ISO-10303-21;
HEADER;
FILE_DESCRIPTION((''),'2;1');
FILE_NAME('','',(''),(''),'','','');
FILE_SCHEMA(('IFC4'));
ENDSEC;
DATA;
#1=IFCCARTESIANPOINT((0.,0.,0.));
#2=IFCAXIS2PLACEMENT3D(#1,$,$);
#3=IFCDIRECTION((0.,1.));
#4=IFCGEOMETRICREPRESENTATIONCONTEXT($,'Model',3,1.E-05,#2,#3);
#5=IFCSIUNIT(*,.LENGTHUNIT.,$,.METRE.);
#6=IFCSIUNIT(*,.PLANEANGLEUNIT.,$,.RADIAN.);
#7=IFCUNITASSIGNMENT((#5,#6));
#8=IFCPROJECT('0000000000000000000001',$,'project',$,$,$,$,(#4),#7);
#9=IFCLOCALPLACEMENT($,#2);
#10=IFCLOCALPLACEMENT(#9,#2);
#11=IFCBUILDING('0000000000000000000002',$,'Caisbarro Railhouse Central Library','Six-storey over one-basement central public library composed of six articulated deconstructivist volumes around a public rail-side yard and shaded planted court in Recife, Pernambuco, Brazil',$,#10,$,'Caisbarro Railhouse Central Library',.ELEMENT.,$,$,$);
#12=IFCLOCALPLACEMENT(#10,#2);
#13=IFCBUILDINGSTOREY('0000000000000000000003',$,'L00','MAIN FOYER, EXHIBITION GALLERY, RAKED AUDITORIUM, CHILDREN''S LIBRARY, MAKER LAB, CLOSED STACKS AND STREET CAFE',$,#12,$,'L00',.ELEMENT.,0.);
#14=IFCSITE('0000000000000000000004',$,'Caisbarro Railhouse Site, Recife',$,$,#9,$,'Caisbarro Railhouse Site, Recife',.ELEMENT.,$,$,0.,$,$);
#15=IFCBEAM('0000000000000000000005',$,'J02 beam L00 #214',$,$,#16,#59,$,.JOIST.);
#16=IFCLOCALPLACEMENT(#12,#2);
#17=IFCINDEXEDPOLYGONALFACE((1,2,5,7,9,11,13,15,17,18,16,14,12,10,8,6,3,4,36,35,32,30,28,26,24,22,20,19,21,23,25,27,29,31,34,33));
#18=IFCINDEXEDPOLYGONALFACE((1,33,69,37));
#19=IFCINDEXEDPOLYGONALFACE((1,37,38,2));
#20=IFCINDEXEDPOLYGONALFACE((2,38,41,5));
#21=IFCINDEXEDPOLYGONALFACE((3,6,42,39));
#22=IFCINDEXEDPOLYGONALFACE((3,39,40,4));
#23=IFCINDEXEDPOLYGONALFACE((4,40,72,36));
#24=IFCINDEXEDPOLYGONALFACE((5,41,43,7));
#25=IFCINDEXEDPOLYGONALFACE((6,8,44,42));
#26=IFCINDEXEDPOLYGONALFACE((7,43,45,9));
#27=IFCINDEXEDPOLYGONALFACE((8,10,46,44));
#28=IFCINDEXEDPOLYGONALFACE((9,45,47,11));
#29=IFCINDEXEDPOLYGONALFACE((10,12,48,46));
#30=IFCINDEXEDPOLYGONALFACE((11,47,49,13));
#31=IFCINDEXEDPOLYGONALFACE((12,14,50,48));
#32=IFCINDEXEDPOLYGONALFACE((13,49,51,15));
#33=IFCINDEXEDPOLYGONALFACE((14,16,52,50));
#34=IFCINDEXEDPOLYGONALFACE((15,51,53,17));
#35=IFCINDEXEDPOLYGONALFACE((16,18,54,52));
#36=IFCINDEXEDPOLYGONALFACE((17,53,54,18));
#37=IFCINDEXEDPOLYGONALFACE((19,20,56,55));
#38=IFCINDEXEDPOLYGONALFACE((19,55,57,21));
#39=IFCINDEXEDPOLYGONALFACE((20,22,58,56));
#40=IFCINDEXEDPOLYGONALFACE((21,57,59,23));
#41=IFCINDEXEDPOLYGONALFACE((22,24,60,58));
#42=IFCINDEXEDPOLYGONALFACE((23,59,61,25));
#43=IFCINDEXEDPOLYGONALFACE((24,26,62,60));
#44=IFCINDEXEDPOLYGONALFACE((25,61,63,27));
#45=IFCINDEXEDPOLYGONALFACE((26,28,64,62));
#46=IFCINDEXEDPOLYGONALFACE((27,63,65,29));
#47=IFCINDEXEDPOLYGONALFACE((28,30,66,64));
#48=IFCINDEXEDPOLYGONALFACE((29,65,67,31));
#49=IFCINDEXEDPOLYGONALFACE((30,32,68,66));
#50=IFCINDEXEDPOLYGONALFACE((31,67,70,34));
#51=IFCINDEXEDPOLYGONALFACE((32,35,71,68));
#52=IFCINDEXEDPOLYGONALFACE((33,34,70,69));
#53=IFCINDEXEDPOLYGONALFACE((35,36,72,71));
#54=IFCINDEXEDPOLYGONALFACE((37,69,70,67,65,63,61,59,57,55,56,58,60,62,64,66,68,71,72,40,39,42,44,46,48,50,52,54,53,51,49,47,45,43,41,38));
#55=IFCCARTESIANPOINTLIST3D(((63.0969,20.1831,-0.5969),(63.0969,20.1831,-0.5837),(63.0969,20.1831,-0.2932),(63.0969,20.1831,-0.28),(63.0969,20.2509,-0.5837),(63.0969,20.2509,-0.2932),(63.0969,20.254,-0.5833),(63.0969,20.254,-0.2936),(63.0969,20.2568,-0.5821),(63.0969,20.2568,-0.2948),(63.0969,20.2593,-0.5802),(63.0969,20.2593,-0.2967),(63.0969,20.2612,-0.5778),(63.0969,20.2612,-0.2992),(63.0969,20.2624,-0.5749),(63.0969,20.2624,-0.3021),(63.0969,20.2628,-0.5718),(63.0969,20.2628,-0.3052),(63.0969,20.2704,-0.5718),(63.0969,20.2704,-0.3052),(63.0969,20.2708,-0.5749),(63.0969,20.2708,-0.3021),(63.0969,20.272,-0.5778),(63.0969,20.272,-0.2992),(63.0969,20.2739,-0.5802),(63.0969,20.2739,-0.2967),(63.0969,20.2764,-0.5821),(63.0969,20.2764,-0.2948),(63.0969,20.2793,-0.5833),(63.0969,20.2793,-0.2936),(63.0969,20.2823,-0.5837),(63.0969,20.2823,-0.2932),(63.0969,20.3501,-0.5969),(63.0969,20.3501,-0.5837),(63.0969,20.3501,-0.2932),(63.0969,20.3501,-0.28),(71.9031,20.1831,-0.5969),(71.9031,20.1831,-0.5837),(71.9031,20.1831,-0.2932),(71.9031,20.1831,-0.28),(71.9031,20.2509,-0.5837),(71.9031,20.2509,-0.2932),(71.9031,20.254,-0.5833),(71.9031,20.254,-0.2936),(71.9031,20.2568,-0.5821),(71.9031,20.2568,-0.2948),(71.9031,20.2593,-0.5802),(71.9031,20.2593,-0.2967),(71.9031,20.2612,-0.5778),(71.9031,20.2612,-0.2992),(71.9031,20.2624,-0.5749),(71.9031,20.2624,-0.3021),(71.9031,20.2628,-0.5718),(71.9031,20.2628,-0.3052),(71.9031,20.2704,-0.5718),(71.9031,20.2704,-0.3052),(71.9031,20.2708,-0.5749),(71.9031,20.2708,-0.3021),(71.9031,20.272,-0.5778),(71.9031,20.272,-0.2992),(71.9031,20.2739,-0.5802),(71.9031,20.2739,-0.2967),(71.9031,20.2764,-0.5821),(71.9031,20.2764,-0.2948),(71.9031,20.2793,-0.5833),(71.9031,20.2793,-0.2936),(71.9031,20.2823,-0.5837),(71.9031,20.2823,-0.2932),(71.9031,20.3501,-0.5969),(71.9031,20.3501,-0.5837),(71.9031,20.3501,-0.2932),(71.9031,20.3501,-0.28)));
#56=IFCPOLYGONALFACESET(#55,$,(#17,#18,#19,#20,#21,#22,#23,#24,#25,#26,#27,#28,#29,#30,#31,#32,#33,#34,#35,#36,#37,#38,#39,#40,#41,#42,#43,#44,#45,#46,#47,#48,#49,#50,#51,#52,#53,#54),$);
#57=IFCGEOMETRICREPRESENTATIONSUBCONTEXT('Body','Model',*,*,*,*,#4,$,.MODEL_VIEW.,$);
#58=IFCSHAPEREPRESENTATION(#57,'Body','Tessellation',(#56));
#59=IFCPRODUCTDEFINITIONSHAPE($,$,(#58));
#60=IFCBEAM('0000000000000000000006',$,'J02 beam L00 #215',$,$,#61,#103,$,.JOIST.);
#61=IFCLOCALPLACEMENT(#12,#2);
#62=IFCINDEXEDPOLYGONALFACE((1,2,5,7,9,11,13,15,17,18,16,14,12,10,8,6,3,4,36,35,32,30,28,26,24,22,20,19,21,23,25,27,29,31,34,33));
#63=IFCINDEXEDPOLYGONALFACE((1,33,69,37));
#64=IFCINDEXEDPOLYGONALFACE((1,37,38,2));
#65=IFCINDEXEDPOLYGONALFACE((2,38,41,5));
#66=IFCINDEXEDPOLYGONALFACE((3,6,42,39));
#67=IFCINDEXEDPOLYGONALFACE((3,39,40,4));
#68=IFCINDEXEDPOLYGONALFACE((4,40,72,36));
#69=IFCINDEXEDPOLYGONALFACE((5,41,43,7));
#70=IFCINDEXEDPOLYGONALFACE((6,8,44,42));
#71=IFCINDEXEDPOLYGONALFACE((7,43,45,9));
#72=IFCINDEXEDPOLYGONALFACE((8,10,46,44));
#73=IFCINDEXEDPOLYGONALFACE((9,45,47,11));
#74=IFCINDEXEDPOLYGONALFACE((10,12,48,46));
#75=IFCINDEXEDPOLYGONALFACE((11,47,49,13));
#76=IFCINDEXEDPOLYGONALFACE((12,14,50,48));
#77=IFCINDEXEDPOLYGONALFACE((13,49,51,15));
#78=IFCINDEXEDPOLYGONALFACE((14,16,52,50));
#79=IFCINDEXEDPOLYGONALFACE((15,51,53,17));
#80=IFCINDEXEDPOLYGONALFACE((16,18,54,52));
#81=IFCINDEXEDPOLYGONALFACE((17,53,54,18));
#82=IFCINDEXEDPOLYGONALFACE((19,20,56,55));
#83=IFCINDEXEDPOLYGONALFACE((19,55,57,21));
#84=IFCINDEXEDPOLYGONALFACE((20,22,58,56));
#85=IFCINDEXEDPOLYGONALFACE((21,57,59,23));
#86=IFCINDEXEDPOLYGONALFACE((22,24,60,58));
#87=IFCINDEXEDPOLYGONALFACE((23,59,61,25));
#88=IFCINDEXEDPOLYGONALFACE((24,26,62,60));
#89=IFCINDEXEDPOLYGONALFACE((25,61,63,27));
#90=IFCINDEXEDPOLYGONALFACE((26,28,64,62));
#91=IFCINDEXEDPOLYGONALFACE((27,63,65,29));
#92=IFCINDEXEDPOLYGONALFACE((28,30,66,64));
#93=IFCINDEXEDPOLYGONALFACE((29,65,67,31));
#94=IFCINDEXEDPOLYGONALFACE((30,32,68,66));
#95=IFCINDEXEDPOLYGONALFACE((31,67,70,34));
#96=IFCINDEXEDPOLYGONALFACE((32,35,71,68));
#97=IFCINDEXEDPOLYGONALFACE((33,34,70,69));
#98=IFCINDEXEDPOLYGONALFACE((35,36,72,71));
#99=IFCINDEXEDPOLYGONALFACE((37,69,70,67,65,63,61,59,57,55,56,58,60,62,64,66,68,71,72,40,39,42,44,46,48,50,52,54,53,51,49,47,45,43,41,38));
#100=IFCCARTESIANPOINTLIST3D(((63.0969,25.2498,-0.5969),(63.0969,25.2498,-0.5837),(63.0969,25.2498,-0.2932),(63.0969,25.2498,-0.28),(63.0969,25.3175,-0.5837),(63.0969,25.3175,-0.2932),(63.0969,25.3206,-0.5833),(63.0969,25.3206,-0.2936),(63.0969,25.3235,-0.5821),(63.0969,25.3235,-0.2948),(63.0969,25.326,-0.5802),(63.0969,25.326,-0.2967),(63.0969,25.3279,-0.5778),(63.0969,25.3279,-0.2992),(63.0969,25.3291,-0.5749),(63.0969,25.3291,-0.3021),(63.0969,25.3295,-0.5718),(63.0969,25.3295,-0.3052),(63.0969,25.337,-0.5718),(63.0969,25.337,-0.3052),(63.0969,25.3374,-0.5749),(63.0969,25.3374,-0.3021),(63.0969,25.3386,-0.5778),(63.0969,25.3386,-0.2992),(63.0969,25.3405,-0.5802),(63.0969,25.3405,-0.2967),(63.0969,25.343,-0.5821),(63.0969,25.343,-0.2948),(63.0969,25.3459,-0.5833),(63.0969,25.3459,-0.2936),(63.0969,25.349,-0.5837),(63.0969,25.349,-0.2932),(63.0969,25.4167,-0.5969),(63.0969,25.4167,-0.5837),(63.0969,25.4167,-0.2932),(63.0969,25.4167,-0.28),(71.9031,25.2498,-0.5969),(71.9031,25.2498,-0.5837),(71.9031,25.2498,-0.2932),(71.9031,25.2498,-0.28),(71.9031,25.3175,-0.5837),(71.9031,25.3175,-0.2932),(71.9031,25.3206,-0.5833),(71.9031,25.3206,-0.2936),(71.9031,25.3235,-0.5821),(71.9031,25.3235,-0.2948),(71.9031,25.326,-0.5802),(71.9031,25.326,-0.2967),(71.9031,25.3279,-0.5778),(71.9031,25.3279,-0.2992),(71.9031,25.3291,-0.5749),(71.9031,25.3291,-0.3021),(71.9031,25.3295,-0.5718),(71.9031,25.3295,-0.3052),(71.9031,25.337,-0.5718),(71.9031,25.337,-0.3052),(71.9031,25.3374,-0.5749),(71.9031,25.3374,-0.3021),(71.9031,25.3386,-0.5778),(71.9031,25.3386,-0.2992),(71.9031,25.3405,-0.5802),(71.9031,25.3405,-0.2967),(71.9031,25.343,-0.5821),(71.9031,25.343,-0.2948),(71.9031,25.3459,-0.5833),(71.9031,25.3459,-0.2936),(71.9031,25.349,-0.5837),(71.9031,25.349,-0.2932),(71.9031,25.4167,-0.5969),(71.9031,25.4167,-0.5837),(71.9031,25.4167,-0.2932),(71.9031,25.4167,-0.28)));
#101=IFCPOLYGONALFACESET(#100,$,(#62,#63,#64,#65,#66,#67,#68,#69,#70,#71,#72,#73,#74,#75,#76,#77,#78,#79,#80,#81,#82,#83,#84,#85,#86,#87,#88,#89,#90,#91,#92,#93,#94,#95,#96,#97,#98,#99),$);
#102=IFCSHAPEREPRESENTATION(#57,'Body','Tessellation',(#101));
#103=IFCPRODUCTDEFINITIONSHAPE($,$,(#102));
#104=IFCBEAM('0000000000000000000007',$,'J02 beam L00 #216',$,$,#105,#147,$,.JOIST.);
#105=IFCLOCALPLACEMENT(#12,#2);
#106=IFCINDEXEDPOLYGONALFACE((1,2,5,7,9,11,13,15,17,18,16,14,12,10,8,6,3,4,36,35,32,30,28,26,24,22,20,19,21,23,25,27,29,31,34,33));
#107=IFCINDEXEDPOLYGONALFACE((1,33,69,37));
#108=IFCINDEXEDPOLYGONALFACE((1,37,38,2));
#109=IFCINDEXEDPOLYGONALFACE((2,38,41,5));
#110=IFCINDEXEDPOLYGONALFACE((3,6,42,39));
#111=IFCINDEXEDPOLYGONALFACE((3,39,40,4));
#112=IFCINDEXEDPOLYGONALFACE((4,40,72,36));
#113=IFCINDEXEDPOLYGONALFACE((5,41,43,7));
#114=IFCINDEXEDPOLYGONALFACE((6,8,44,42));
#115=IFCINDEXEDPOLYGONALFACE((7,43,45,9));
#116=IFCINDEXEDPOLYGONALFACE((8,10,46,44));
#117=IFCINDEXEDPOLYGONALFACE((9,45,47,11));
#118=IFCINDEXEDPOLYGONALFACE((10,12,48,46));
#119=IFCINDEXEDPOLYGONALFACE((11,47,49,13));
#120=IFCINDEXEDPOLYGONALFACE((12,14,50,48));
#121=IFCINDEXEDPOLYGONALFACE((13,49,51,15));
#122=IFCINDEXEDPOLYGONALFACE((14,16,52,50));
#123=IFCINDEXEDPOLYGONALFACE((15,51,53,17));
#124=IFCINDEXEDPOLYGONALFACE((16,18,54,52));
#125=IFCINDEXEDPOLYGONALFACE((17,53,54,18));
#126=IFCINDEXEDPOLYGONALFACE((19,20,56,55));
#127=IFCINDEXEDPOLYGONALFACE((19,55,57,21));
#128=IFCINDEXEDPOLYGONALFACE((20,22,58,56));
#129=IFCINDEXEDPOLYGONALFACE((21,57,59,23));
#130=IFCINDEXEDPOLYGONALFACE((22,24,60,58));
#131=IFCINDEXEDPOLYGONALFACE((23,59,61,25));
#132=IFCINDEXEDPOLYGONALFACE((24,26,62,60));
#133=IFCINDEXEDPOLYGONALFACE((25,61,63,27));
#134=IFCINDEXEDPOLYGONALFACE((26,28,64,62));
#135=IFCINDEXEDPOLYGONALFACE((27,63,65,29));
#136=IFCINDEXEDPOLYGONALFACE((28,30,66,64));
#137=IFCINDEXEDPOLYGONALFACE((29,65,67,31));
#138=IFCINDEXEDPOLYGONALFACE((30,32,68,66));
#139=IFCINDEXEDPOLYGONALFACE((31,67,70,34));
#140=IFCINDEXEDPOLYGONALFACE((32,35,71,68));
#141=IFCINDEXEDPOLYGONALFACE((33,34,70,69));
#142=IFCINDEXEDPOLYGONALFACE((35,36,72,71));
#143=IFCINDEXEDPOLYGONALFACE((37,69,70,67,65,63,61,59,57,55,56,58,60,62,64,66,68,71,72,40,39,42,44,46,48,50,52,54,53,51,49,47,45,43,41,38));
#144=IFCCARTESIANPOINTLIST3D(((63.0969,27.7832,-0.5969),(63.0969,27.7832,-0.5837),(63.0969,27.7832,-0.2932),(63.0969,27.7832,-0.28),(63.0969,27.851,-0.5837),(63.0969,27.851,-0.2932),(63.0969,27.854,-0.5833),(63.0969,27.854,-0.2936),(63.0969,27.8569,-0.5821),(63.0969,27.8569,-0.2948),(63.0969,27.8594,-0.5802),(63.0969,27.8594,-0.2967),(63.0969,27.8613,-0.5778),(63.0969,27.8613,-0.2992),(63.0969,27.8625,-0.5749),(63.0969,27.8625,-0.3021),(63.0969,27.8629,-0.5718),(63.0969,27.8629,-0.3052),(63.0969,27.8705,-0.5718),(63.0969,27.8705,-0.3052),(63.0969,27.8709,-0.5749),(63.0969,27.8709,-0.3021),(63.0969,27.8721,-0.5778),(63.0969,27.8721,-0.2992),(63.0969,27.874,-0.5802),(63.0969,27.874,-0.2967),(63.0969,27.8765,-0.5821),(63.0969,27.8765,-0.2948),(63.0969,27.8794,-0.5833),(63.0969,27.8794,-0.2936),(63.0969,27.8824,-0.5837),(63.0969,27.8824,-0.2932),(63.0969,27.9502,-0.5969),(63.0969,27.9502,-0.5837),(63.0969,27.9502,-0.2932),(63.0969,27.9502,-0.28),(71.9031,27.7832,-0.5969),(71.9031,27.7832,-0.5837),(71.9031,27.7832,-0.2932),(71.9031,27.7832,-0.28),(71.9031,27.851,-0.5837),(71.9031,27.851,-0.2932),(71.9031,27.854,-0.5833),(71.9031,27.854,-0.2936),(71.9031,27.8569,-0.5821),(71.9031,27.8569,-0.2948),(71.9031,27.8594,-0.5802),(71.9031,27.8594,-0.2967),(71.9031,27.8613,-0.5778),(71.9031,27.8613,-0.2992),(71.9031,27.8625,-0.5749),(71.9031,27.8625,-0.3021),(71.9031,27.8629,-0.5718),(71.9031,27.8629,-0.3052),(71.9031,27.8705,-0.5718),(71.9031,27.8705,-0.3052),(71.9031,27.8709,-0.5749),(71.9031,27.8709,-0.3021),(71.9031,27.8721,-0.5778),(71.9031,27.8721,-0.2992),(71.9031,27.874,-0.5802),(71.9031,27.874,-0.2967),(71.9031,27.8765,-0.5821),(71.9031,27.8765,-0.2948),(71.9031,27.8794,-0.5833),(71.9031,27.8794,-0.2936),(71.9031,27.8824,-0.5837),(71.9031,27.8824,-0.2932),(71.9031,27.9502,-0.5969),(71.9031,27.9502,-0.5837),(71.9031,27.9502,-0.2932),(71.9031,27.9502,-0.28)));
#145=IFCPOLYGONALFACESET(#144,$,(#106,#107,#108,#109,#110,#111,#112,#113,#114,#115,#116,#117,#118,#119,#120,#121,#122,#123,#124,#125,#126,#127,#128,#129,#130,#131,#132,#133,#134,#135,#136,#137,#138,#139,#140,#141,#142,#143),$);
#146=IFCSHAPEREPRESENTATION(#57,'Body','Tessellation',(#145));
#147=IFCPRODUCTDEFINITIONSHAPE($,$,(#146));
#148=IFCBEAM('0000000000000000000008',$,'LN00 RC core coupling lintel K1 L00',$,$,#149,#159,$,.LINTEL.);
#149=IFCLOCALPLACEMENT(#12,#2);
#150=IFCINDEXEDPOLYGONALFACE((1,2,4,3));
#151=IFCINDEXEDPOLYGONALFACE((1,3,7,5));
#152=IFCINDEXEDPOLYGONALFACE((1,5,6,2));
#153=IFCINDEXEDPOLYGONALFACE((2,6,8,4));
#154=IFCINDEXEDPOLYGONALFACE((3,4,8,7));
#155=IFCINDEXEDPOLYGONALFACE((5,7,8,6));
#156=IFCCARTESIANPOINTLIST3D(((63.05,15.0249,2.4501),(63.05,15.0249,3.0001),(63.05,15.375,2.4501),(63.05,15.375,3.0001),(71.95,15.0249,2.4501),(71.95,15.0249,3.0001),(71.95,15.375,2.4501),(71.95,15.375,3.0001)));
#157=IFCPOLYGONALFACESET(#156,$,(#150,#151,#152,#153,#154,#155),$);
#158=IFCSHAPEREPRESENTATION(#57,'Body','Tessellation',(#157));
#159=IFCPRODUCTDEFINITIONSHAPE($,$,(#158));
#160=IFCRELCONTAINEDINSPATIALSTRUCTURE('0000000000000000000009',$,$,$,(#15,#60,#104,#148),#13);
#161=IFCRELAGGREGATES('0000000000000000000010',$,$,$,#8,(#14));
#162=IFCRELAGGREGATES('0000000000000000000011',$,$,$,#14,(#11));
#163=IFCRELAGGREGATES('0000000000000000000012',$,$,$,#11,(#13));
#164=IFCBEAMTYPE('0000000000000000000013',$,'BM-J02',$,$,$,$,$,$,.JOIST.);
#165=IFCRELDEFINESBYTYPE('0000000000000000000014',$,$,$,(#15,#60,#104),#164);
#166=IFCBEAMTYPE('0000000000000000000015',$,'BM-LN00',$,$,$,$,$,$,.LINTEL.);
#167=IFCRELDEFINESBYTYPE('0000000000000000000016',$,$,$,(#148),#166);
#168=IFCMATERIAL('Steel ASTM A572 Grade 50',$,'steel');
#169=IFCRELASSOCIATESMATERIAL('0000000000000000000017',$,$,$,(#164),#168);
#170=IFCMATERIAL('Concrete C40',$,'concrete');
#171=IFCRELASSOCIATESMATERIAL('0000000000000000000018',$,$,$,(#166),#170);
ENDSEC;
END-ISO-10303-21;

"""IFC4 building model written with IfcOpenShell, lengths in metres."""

from ifc_helpers import new_model, si_unit, direction, frame, origin, origin_2d, place, context, subcontext, project, spatial, rectangle, i_section, extrude, material, material_profile, profile_set, type_object, element, save


model = new_model("IFC4")

# Units and contexts
model_context = context("Model", 3, precision=1e-05, world=origin(), true_north=direction((0.0, 1.0)))
body_context = subcontext(model_context, "Body", "Model", "MODEL_VIEW")
ifc_project = project(units=[si_unit("LENGTHUNIT", "METRE"), si_unit("PLANEANGLEUNIT", "RADIAN")], contexts=[model_context])

# Site, building, storey
site_placement = place(None, origin())
site = spatial("IfcSite", under=ifc_project, at=site_placement, Name="Caisbarro Railhouse Site, Recife", LongName="Caisbarro Railhouse Site, Recife", CompositionType="ELEMENT", RefElevation=0.0)
building_placement = place(site_placement, origin())
building = spatial("IfcBuilding", under=site, at=building_placement, Name="Caisbarro Railhouse Central Library", Description="Six-storey over one-basement central public library composed of six articulated deconstructivist volumes around a public rail-side yard and shaded planted court in Recife, Pernambuco, Brazil", LongName="Caisbarro Railhouse Central Library", CompositionType="ELEMENT")
storey_placement = place(building_placement, origin())
storey = spatial("IfcBuildingStorey", under=building, at=storey_placement, Name="L00", Description="MAIN FOYER, EXHIBITION GALLERY, RAKED AUDITORIUM, CHILDREN'S LIBRARY, MAKER LAB, CLOSED STACKS AND STREET CAFE", LongName="L00", CompositionType="ELEMENT", Elevation=0.0)

# Shared definitions
ifc_material_1 = material(Name="Steel ASTM A572 Grade 50", Category="steel")

# Beams
ifc_material_profile_1 = material_profile(ifc_material_1, i_section(OverallWidth=0.167, OverallDepth=0.3169, WebThickness=0.0076, FlangeThickness=0.0132, FilletRadius=0.012, at=origin_2d()), Name="W310X52.0")
ifc_profile_set_1 = profile_set([ifc_material_profile_1], Name="Steel ASTM A572 Grade 50")
beam_type_1 = type_object("IfcBeamType", Name="BM-J02", PredefinedType="JOIST", material=ifc_profile_set_1)
for number, where, z_axis, x_axis, name in (
    (1, (63.0969, 20.2666, -0.4385), (1.0, 0.0, 0.0), (0.0, 1.0, 0.0), "J02 beam L00 #214"),
    (2, (63.0969, 25.3333, -0.4385), (1.0, 0.0, 0.0), (0.0, 1.0, 0.0), "J02 beam L00 #215"),
    (3, (63.0969, 27.8667, -0.4385), (1.0, 0.0, 0.0), (0.0, 1.0, 0.0), "J02 beam L00 #216"),
):
    element("IfcBeam", number, at=place(storey_placement, frame(where, z_axis=z_axis, x_axis=x_axis)), inside=storey, type_object=beam_type_1, Name=name, PredefinedType="JOIST", context=body_context, shape_type="SweptSolid", body=[
        extrude(i_section(OverallWidth=0.167, OverallDepth=0.3169, WebThickness=0.0076, FlangeThickness=0.0132, FilletRadius=0.012, at=origin_2d()), origin(), (0.0, 0.0, 1.0), 8.8062),
    ])
ifc_material_2 = material(Name="Concrete C40", Category="concrete")
ifc_material_profile_2 = material_profile(ifc_material_2, rectangle(XDim=0.3501, YDim=0.55, at=origin_2d()), Name="RC-LIN-350X550")
ifc_profile_set_2 = profile_set([ifc_material_profile_2], Name="Concrete C40")
beam_type_2 = type_object("IfcBeamType", Name="BM-LN00", PredefinedType="LINTEL", material=ifc_profile_set_2)
beam_1_placement = place(storey_placement, frame((63.05, 15.2, 2.7251), z_axis=(1.0, 0.0, 0.0), x_axis=(0.0, 1.0, 0.0)))
element("IfcBeam", 4, at=beam_1_placement, inside=storey, type_object=beam_type_2, Name="LN00 RC core coupling lintel K1 L00", PredefinedType="LINTEL", context=body_context, shape_type="SweptSolid", body=[
    extrude(rectangle(XDim=0.3501, YDim=0.55, at=origin_2d()), origin(), (0.0, 0.0, 1.0), 8.8999),
])

save(model, "model.ifc")
